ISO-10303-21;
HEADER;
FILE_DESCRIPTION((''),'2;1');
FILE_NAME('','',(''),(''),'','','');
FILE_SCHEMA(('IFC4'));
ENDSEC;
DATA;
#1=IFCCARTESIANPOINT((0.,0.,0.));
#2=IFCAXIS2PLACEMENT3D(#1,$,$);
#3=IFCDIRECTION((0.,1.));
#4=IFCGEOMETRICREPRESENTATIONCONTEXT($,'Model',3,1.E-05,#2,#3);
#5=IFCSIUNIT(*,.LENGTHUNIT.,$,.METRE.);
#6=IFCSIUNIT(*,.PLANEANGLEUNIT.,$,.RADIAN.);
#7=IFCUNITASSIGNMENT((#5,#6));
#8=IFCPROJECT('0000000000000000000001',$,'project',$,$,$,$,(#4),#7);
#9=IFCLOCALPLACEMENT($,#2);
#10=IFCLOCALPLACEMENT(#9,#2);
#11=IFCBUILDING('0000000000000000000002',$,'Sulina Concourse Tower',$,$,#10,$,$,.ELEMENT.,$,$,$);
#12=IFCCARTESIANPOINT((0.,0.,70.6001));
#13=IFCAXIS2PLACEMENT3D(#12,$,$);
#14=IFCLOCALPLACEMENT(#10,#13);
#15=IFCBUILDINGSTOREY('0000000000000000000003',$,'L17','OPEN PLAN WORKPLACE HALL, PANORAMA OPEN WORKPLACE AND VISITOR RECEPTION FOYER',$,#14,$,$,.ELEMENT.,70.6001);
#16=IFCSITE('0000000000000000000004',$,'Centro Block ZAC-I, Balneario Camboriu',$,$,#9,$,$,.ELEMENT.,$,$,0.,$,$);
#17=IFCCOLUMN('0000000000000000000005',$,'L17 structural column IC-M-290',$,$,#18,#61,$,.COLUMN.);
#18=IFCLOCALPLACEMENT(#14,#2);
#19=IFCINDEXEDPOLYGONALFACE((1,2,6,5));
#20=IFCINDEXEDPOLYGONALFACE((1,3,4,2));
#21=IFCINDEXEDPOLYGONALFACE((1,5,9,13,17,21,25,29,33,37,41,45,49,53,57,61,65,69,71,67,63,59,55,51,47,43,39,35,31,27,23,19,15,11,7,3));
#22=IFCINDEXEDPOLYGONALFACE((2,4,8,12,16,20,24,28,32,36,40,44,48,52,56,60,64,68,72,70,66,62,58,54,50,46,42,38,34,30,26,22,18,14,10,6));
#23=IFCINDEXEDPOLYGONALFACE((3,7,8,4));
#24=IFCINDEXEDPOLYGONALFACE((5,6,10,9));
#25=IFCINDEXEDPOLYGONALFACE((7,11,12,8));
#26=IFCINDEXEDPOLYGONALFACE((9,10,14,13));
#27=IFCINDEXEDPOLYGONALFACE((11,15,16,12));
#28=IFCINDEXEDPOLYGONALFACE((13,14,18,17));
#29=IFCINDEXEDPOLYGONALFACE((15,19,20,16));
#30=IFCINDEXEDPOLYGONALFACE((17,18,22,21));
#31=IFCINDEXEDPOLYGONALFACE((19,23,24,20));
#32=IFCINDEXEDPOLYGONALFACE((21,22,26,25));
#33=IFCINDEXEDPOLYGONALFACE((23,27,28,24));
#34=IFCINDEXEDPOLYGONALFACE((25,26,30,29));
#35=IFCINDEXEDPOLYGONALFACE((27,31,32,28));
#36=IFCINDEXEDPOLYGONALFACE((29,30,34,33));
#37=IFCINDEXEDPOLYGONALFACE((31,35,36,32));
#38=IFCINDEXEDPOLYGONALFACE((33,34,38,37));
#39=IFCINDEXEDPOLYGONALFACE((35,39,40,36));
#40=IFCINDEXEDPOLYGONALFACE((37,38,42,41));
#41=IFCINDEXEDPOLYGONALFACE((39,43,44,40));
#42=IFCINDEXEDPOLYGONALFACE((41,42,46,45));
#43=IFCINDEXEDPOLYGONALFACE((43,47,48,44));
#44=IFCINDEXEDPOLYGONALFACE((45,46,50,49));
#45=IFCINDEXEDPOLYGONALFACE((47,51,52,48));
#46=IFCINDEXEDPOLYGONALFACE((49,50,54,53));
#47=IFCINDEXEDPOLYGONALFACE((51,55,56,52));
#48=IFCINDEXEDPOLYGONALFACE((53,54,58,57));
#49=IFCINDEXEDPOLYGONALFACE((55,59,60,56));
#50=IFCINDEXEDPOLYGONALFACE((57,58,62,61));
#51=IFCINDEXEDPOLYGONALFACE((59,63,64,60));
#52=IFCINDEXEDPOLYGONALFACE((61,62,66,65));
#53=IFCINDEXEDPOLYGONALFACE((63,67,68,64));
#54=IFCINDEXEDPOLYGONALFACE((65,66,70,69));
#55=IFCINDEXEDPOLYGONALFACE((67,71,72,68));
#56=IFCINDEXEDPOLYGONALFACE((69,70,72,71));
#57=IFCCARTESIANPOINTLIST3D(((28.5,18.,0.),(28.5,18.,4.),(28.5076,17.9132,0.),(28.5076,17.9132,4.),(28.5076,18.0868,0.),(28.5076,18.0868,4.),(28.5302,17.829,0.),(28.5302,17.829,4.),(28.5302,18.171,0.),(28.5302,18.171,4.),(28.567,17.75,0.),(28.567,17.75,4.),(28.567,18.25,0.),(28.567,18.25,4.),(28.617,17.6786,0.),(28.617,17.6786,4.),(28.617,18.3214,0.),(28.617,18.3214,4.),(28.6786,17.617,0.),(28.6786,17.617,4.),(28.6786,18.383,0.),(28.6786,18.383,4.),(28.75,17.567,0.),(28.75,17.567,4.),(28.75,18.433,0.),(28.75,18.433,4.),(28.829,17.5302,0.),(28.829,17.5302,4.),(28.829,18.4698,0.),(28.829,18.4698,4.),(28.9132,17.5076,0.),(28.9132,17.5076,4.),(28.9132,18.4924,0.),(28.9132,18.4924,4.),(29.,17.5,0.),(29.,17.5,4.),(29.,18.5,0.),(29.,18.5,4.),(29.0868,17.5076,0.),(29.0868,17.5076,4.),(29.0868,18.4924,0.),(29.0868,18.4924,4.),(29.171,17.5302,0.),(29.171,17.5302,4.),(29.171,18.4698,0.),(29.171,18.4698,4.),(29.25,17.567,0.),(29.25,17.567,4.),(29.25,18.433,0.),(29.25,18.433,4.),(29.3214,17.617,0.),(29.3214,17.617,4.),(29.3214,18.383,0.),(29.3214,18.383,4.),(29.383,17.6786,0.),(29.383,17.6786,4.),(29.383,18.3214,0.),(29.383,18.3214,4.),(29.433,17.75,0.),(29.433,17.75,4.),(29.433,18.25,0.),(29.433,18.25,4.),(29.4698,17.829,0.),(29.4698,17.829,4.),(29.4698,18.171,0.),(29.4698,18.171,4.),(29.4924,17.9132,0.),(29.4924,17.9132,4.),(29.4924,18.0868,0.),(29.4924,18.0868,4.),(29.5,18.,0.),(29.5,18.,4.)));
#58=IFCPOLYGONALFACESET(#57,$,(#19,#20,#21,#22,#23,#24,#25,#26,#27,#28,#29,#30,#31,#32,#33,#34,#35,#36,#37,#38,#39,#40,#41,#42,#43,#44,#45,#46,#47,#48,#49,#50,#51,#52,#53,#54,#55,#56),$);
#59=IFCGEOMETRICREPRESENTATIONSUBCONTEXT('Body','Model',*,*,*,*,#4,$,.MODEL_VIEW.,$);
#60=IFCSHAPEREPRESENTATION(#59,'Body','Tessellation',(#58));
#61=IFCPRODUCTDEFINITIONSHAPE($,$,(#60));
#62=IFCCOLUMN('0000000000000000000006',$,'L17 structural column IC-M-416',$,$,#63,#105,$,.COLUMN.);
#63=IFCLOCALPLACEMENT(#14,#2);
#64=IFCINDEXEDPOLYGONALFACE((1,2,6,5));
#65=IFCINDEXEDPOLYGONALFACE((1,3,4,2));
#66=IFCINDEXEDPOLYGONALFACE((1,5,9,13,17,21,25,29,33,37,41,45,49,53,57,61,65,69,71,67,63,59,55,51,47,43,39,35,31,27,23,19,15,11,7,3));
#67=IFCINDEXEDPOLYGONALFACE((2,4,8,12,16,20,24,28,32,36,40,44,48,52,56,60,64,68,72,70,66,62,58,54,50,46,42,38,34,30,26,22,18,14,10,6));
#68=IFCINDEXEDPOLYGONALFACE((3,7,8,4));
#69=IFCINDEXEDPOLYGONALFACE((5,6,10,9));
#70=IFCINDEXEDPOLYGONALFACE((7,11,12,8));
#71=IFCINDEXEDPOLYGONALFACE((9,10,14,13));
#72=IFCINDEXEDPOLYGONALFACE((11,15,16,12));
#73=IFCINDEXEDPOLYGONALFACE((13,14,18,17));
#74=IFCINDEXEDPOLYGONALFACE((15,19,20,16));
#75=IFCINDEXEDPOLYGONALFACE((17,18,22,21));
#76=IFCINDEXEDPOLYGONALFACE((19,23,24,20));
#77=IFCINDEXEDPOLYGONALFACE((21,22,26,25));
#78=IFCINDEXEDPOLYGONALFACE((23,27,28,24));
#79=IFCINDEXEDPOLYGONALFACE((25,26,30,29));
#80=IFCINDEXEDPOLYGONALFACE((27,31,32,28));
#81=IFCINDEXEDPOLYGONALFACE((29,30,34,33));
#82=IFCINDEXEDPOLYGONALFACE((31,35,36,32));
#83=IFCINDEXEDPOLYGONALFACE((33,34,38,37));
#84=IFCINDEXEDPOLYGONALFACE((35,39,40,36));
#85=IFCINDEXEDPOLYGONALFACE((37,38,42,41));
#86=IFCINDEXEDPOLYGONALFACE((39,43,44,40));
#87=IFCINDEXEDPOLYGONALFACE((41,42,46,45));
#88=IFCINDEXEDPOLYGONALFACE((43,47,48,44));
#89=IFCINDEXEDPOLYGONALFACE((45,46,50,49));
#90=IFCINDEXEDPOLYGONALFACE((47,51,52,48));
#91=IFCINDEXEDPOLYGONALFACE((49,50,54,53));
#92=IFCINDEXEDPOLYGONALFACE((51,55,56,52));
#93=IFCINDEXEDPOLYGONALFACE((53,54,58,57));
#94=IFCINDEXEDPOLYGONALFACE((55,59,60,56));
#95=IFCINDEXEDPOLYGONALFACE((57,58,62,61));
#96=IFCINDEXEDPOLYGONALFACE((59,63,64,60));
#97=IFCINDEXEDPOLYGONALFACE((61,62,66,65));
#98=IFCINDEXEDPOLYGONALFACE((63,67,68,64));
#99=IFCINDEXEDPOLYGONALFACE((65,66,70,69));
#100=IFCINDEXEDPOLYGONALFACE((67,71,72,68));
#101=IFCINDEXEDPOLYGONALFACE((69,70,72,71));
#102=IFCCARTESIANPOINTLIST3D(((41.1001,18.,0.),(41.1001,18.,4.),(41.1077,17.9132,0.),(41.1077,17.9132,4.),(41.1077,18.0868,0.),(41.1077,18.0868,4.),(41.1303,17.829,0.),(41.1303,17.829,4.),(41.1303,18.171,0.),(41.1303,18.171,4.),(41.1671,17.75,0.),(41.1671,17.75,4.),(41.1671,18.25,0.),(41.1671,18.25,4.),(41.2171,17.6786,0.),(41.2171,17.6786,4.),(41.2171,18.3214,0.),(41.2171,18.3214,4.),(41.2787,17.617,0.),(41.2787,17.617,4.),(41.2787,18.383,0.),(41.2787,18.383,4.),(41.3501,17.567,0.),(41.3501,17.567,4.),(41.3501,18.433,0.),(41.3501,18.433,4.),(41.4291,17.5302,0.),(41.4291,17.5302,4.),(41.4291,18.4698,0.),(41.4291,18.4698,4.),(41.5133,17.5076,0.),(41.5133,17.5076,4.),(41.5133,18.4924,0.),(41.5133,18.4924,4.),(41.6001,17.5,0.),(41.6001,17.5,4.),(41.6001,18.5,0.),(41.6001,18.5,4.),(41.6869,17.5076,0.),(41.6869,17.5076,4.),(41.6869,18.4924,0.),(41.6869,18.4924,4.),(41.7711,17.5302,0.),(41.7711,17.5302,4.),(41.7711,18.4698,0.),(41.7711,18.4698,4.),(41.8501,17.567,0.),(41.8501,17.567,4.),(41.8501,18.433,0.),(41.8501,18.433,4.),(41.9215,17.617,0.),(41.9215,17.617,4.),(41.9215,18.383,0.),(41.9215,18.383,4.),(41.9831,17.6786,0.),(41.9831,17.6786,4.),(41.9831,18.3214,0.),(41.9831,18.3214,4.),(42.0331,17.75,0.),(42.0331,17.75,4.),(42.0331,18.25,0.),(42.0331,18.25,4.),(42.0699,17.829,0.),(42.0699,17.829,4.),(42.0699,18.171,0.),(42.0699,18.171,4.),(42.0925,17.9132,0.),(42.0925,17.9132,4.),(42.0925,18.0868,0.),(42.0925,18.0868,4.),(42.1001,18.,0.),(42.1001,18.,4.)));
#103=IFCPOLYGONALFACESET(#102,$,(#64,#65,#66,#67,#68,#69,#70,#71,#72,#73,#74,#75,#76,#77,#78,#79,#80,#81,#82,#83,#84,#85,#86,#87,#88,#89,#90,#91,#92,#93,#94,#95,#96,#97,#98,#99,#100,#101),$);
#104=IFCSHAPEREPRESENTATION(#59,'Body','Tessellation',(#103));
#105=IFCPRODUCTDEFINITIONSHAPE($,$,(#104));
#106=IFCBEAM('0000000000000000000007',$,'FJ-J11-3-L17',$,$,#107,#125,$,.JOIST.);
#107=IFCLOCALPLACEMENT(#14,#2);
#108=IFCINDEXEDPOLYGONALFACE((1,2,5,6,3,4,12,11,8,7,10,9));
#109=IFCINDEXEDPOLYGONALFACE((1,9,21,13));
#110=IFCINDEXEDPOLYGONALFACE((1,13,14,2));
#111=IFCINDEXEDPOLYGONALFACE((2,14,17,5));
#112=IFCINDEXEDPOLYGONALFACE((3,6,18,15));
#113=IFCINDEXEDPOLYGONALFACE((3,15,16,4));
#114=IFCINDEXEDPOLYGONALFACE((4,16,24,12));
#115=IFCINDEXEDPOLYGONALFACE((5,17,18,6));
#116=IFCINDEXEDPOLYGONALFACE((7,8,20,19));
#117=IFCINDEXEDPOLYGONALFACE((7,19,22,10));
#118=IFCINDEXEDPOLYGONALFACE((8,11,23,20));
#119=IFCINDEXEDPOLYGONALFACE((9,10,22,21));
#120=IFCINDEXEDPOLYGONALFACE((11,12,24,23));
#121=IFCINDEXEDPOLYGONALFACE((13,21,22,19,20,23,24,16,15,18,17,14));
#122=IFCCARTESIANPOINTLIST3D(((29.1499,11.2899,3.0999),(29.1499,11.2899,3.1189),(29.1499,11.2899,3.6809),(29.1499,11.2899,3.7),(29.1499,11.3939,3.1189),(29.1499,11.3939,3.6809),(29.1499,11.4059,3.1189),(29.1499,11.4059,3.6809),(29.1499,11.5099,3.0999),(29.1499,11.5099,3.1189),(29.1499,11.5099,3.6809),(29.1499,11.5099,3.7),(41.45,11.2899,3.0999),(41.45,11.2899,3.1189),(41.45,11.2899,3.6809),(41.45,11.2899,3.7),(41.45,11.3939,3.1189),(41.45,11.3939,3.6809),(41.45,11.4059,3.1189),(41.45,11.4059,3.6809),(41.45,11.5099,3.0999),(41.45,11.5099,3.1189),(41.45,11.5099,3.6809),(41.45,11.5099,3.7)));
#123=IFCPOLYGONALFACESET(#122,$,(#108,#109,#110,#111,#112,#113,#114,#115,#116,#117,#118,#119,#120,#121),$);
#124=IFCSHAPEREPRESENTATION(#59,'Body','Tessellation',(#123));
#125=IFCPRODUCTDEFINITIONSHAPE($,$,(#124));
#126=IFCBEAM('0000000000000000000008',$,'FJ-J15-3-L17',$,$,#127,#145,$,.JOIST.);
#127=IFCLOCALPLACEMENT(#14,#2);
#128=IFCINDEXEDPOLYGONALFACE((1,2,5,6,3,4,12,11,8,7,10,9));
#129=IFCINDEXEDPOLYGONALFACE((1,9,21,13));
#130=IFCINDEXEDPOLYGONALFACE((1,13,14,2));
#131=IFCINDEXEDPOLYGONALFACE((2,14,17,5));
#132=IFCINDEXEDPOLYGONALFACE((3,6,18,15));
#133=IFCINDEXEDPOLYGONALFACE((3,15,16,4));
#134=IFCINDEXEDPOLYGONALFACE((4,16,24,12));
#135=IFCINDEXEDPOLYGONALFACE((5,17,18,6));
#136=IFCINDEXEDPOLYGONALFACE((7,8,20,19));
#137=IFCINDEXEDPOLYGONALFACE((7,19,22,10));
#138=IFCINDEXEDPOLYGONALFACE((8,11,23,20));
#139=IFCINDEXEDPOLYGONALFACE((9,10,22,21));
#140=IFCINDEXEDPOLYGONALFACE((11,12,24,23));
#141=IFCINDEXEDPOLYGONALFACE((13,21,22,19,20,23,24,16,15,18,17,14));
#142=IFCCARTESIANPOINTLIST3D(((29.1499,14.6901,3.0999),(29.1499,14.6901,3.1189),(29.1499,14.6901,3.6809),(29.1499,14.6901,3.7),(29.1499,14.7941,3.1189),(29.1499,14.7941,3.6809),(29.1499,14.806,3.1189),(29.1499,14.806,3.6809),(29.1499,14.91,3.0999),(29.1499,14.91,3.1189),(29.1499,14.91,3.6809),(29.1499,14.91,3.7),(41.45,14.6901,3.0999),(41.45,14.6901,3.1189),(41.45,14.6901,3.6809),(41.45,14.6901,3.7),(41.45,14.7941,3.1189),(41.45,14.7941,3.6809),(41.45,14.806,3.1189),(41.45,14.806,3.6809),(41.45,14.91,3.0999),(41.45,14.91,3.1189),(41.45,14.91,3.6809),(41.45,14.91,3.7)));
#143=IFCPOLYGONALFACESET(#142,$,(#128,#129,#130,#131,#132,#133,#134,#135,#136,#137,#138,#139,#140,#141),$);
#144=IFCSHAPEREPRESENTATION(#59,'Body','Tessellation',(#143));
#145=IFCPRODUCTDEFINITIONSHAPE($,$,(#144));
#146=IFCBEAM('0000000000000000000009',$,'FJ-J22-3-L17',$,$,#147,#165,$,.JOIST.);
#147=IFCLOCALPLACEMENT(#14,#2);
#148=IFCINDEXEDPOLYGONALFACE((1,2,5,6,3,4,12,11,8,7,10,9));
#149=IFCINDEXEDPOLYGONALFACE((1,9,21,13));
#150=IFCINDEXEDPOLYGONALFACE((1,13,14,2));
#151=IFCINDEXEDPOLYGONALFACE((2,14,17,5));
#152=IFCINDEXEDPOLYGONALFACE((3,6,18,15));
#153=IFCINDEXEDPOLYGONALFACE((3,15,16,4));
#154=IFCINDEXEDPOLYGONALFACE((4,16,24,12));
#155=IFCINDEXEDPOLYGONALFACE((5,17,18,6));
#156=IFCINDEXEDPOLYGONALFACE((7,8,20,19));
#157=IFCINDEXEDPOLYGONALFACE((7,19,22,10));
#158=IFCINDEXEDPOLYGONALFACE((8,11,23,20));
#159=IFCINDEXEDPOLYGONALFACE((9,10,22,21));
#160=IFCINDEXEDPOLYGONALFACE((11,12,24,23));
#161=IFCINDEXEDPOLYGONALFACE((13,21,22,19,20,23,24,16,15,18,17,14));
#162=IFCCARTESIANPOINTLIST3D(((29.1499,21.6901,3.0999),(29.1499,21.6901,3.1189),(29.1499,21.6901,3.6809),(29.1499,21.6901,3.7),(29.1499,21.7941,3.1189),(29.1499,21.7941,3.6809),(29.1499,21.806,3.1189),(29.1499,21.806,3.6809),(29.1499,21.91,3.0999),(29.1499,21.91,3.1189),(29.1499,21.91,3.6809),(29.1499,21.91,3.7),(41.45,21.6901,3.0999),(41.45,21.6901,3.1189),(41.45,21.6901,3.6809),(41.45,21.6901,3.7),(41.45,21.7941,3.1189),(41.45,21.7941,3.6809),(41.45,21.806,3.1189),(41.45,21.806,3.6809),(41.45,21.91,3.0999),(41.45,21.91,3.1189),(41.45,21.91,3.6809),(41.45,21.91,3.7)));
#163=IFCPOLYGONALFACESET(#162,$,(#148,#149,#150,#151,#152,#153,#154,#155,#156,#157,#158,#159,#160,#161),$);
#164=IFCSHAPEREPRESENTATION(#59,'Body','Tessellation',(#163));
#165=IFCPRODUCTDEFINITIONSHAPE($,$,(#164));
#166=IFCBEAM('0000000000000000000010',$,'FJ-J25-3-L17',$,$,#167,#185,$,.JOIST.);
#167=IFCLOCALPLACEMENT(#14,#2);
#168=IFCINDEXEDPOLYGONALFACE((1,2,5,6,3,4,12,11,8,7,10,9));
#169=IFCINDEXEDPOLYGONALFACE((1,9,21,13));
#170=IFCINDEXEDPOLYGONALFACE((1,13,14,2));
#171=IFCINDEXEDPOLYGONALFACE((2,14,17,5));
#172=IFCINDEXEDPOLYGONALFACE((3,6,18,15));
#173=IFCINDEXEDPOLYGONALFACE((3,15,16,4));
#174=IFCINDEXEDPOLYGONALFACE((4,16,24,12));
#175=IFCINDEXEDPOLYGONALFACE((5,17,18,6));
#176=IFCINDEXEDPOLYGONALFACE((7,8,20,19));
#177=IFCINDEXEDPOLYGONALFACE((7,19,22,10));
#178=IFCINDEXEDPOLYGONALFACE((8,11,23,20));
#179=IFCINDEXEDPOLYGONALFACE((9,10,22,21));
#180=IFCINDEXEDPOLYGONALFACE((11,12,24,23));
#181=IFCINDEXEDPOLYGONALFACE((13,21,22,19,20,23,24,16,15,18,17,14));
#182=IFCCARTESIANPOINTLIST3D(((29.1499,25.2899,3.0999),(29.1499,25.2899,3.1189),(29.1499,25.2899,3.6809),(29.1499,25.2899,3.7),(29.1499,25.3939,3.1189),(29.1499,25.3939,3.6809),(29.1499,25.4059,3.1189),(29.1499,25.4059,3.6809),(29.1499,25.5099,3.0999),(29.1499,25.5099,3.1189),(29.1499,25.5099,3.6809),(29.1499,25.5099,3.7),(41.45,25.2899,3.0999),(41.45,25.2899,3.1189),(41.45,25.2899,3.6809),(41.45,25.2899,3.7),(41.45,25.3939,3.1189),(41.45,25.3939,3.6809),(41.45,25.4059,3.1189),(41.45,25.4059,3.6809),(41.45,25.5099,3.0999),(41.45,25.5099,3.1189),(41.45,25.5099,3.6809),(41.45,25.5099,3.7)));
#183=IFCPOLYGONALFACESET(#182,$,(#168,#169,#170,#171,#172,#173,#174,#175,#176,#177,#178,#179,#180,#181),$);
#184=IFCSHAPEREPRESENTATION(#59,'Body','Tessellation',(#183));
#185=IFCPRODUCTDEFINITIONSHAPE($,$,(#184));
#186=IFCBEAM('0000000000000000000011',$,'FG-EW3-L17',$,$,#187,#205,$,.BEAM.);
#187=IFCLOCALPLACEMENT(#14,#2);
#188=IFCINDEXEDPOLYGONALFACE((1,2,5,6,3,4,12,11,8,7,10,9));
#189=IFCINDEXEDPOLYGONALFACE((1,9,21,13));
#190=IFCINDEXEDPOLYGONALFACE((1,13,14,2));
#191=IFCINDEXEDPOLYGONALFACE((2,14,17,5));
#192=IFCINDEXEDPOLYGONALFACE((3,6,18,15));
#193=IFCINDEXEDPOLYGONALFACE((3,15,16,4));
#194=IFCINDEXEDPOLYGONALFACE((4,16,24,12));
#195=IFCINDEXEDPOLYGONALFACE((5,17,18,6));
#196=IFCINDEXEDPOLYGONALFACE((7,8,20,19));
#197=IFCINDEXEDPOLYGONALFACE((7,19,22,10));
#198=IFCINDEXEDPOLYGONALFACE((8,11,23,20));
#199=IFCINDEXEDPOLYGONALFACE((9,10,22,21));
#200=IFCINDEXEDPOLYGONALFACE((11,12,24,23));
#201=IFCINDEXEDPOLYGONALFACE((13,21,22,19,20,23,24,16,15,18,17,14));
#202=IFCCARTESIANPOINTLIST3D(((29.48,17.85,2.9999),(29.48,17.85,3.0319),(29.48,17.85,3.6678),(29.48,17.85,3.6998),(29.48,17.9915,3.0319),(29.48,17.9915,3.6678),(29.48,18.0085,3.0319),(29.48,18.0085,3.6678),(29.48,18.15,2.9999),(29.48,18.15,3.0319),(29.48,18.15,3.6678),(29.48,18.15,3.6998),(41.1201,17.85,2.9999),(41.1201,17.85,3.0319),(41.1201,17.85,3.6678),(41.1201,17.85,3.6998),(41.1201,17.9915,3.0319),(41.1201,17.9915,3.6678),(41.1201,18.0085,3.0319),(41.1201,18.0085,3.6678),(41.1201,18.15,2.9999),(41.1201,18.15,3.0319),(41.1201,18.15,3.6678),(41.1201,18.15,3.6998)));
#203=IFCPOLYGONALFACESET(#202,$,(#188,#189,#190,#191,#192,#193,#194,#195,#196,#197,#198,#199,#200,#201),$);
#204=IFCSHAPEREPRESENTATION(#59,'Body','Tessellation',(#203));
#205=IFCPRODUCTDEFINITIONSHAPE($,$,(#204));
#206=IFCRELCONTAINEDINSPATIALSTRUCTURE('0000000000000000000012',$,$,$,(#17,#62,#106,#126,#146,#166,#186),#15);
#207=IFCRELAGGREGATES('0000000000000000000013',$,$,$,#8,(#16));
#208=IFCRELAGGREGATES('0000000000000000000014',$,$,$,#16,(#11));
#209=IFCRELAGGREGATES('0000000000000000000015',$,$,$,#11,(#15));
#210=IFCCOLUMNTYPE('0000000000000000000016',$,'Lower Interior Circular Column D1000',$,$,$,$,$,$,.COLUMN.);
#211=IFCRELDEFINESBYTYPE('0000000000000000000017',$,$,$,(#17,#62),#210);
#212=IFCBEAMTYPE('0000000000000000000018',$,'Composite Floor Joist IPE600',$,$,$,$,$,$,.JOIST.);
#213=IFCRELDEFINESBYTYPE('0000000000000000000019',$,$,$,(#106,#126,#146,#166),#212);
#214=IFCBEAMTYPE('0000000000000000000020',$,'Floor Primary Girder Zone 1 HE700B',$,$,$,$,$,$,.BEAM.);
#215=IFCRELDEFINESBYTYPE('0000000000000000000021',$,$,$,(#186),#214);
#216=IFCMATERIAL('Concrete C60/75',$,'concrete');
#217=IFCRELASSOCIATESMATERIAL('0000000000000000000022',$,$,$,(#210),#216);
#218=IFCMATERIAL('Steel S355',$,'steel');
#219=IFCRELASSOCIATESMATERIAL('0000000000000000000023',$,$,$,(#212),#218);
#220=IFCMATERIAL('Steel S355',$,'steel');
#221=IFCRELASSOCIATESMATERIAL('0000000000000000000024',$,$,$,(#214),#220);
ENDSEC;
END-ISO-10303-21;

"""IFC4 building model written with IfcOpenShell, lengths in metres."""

from ifc_helpers import new_model, si_unit, direction, frame, origin, origin_2d, place, context, subcontext, project, spatial, circle, i_section, extrude, material, material_profile, profile_set, type_object, element, save


model = new_model("IFC4")

# Units and contexts
model_context = context("Model", 3, precision=1e-05, world=origin(), true_north=direction((0.0, 1.0)))
body_context = subcontext(model_context, "Body", "Model", "MODEL_VIEW")
ifc_project = project(units=[si_unit("LENGTHUNIT", "METRE"), si_unit("PLANEANGLEUNIT", "RADIAN")], contexts=[model_context])

# Site, building, storey
site_placement = place(None, origin())
site = spatial("IfcSite", under=ifc_project, at=site_placement, Name="Centro Block ZAC-I, Balneario Camboriu", CompositionType="ELEMENT", RefElevation=0.0)
building_placement = place(site_placement, origin())
building = spatial("IfcBuilding", under=site, at=building_placement, Name="Sulina Concourse Tower", CompositionType="ELEMENT")
storey_placement = place(building_placement, frame((0.0, 0.0, 70.6001)))
storey = spatial("IfcBuildingStorey", under=building, at=storey_placement, Name="L17", Description="OPEN PLAN WORKPLACE HALL, PANORAMA OPEN WORKPLACE AND VISITOR RECEPTION FOYER", CompositionType="ELEMENT", Elevation=70.6001)

# Columns
ifc_material_1 = material(Name="Concrete C60/75", Category="concrete")
ifc_material_profile_1 = material_profile(ifc_material_1, circle(Radius=0.5, at=origin_2d()), Name="RC D1000")
ifc_profile_set_1 = profile_set([ifc_material_profile_1], Name="Concrete C60/75")
column_type = type_object("IfcColumnType", Name="Lower Interior Circular Column D1000", PredefinedType="COLUMN", material=ifc_profile_set_1)
for number, where, z_axis, x_axis, name in (
    (1, (29.0, 18.0, 0.0), (0.0, 0.0, 1.0), (1.0, 0.0, 0.0), "L17 structural column IC-M-290"),
    (2, (41.6001, 18.0, 0.0), (0.0, 0.0, 1.0), (1.0, 0.0, 0.0), "L17 structural column IC-M-416"),
):
    element("IfcColumn", number, at=place(storey_placement, frame(where, z_axis=z_axis, x_axis=x_axis)), inside=storey, type_object=column_type, Name=name, PredefinedType="COLUMN", context=body_context, shape_type="SweptSolid", body=[
        extrude(circle(Radius=0.5, at=origin_2d()), origin(), (0.0, 0.0, 1.0), 4.0),
    ])

# Beams
ifc_material_2 = material(Name="Steel S355", Category="steel")
ifc_material_profile_2 = material_profile(ifc_material_2, i_section(OverallWidth=0.22, OverallDepth=0.6001, WebThickness=0.012, FlangeThickness=0.019, at=origin_2d()), Name="IPE 600")
ifc_profile_set_2 = profile_set([ifc_material_profile_2], Name="Steel S355")
beam_type_1 = type_object("IfcBeamType", Name="Composite Floor Joist IPE600", PredefinedType="JOIST", material=ifc_profile_set_2)
for number, where, z_axis, x_axis, name in (
    (3, (29.1499, 11.3999, 3.3999), (1.0, 0.0, 0.0), (0.0, 1.0, 0.0), "FJ-J11-3-L17"),
    (4, (29.1499, 14.8, 3.3999), (1.0, 0.0, 0.0), (0.0, 1.0, 0.0), "FJ-J15-3-L17"),
    (5, (29.1499, 21.8, 3.3999), (1.0, 0.0, 0.0), (0.0, 1.0, 0.0), "FJ-J22-3-L17"),
    (6, (29.1499, 25.3999, 3.3999), (1.0, 0.0, 0.0), (0.0, 1.0, 0.0), "FJ-J25-3-L17"),
):
    element("IfcBeam", number, at=place(storey_placement, frame(where, z_axis=z_axis, x_axis=x_axis)), inside=storey, type_object=beam_type_1, Name=name, PredefinedType="JOIST", context=body_context, shape_type="SweptSolid", body=[
        extrude(i_section(OverallWidth=0.22, OverallDepth=0.6001, WebThickness=0.012, FlangeThickness=0.019, at=origin_2d()), origin(), (0.0, 0.0, 1.0), 12.3),
    ])
ifc_material_3 = material(Name="Steel S355", Category="steel")
ifc_material_profile_3 = material_profile(ifc_material_3, i_section(OverallWidth=0.3, OverallDepth=0.7, WebThickness=0.0171, FlangeThickness=0.032, at=origin_2d()), Name="HE 700 B")
ifc_profile_set_3 = profile_set([ifc_material_profile_3], Name="Steel S355")
beam_type_2 = type_object("IfcBeamType", Name="Floor Primary Girder Zone 1 HE700B", PredefinedType="BEAM", material=ifc_profile_set_3)
beam_placement = place(storey_placement, frame((29.48, 18.0, 3.3499), z_axis=(1.0, 0.0, 0.0), x_axis=(0.0, 1.0, 0.0)))
element("IfcBeam", 7, at=beam_placement, inside=storey, type_object=beam_type_2, Name="FG-EW3-L17", PredefinedType="BEAM", context=body_context, shape_type="SweptSolid", body=[
    extrude(i_section(OverallWidth=0.3, OverallDepth=0.7, WebThickness=0.0171, FlangeThickness=0.032, at=origin_2d()), origin(), (0.0, 0.0, 1.0), 11.6401),
])

save(model, "model.ifc")
